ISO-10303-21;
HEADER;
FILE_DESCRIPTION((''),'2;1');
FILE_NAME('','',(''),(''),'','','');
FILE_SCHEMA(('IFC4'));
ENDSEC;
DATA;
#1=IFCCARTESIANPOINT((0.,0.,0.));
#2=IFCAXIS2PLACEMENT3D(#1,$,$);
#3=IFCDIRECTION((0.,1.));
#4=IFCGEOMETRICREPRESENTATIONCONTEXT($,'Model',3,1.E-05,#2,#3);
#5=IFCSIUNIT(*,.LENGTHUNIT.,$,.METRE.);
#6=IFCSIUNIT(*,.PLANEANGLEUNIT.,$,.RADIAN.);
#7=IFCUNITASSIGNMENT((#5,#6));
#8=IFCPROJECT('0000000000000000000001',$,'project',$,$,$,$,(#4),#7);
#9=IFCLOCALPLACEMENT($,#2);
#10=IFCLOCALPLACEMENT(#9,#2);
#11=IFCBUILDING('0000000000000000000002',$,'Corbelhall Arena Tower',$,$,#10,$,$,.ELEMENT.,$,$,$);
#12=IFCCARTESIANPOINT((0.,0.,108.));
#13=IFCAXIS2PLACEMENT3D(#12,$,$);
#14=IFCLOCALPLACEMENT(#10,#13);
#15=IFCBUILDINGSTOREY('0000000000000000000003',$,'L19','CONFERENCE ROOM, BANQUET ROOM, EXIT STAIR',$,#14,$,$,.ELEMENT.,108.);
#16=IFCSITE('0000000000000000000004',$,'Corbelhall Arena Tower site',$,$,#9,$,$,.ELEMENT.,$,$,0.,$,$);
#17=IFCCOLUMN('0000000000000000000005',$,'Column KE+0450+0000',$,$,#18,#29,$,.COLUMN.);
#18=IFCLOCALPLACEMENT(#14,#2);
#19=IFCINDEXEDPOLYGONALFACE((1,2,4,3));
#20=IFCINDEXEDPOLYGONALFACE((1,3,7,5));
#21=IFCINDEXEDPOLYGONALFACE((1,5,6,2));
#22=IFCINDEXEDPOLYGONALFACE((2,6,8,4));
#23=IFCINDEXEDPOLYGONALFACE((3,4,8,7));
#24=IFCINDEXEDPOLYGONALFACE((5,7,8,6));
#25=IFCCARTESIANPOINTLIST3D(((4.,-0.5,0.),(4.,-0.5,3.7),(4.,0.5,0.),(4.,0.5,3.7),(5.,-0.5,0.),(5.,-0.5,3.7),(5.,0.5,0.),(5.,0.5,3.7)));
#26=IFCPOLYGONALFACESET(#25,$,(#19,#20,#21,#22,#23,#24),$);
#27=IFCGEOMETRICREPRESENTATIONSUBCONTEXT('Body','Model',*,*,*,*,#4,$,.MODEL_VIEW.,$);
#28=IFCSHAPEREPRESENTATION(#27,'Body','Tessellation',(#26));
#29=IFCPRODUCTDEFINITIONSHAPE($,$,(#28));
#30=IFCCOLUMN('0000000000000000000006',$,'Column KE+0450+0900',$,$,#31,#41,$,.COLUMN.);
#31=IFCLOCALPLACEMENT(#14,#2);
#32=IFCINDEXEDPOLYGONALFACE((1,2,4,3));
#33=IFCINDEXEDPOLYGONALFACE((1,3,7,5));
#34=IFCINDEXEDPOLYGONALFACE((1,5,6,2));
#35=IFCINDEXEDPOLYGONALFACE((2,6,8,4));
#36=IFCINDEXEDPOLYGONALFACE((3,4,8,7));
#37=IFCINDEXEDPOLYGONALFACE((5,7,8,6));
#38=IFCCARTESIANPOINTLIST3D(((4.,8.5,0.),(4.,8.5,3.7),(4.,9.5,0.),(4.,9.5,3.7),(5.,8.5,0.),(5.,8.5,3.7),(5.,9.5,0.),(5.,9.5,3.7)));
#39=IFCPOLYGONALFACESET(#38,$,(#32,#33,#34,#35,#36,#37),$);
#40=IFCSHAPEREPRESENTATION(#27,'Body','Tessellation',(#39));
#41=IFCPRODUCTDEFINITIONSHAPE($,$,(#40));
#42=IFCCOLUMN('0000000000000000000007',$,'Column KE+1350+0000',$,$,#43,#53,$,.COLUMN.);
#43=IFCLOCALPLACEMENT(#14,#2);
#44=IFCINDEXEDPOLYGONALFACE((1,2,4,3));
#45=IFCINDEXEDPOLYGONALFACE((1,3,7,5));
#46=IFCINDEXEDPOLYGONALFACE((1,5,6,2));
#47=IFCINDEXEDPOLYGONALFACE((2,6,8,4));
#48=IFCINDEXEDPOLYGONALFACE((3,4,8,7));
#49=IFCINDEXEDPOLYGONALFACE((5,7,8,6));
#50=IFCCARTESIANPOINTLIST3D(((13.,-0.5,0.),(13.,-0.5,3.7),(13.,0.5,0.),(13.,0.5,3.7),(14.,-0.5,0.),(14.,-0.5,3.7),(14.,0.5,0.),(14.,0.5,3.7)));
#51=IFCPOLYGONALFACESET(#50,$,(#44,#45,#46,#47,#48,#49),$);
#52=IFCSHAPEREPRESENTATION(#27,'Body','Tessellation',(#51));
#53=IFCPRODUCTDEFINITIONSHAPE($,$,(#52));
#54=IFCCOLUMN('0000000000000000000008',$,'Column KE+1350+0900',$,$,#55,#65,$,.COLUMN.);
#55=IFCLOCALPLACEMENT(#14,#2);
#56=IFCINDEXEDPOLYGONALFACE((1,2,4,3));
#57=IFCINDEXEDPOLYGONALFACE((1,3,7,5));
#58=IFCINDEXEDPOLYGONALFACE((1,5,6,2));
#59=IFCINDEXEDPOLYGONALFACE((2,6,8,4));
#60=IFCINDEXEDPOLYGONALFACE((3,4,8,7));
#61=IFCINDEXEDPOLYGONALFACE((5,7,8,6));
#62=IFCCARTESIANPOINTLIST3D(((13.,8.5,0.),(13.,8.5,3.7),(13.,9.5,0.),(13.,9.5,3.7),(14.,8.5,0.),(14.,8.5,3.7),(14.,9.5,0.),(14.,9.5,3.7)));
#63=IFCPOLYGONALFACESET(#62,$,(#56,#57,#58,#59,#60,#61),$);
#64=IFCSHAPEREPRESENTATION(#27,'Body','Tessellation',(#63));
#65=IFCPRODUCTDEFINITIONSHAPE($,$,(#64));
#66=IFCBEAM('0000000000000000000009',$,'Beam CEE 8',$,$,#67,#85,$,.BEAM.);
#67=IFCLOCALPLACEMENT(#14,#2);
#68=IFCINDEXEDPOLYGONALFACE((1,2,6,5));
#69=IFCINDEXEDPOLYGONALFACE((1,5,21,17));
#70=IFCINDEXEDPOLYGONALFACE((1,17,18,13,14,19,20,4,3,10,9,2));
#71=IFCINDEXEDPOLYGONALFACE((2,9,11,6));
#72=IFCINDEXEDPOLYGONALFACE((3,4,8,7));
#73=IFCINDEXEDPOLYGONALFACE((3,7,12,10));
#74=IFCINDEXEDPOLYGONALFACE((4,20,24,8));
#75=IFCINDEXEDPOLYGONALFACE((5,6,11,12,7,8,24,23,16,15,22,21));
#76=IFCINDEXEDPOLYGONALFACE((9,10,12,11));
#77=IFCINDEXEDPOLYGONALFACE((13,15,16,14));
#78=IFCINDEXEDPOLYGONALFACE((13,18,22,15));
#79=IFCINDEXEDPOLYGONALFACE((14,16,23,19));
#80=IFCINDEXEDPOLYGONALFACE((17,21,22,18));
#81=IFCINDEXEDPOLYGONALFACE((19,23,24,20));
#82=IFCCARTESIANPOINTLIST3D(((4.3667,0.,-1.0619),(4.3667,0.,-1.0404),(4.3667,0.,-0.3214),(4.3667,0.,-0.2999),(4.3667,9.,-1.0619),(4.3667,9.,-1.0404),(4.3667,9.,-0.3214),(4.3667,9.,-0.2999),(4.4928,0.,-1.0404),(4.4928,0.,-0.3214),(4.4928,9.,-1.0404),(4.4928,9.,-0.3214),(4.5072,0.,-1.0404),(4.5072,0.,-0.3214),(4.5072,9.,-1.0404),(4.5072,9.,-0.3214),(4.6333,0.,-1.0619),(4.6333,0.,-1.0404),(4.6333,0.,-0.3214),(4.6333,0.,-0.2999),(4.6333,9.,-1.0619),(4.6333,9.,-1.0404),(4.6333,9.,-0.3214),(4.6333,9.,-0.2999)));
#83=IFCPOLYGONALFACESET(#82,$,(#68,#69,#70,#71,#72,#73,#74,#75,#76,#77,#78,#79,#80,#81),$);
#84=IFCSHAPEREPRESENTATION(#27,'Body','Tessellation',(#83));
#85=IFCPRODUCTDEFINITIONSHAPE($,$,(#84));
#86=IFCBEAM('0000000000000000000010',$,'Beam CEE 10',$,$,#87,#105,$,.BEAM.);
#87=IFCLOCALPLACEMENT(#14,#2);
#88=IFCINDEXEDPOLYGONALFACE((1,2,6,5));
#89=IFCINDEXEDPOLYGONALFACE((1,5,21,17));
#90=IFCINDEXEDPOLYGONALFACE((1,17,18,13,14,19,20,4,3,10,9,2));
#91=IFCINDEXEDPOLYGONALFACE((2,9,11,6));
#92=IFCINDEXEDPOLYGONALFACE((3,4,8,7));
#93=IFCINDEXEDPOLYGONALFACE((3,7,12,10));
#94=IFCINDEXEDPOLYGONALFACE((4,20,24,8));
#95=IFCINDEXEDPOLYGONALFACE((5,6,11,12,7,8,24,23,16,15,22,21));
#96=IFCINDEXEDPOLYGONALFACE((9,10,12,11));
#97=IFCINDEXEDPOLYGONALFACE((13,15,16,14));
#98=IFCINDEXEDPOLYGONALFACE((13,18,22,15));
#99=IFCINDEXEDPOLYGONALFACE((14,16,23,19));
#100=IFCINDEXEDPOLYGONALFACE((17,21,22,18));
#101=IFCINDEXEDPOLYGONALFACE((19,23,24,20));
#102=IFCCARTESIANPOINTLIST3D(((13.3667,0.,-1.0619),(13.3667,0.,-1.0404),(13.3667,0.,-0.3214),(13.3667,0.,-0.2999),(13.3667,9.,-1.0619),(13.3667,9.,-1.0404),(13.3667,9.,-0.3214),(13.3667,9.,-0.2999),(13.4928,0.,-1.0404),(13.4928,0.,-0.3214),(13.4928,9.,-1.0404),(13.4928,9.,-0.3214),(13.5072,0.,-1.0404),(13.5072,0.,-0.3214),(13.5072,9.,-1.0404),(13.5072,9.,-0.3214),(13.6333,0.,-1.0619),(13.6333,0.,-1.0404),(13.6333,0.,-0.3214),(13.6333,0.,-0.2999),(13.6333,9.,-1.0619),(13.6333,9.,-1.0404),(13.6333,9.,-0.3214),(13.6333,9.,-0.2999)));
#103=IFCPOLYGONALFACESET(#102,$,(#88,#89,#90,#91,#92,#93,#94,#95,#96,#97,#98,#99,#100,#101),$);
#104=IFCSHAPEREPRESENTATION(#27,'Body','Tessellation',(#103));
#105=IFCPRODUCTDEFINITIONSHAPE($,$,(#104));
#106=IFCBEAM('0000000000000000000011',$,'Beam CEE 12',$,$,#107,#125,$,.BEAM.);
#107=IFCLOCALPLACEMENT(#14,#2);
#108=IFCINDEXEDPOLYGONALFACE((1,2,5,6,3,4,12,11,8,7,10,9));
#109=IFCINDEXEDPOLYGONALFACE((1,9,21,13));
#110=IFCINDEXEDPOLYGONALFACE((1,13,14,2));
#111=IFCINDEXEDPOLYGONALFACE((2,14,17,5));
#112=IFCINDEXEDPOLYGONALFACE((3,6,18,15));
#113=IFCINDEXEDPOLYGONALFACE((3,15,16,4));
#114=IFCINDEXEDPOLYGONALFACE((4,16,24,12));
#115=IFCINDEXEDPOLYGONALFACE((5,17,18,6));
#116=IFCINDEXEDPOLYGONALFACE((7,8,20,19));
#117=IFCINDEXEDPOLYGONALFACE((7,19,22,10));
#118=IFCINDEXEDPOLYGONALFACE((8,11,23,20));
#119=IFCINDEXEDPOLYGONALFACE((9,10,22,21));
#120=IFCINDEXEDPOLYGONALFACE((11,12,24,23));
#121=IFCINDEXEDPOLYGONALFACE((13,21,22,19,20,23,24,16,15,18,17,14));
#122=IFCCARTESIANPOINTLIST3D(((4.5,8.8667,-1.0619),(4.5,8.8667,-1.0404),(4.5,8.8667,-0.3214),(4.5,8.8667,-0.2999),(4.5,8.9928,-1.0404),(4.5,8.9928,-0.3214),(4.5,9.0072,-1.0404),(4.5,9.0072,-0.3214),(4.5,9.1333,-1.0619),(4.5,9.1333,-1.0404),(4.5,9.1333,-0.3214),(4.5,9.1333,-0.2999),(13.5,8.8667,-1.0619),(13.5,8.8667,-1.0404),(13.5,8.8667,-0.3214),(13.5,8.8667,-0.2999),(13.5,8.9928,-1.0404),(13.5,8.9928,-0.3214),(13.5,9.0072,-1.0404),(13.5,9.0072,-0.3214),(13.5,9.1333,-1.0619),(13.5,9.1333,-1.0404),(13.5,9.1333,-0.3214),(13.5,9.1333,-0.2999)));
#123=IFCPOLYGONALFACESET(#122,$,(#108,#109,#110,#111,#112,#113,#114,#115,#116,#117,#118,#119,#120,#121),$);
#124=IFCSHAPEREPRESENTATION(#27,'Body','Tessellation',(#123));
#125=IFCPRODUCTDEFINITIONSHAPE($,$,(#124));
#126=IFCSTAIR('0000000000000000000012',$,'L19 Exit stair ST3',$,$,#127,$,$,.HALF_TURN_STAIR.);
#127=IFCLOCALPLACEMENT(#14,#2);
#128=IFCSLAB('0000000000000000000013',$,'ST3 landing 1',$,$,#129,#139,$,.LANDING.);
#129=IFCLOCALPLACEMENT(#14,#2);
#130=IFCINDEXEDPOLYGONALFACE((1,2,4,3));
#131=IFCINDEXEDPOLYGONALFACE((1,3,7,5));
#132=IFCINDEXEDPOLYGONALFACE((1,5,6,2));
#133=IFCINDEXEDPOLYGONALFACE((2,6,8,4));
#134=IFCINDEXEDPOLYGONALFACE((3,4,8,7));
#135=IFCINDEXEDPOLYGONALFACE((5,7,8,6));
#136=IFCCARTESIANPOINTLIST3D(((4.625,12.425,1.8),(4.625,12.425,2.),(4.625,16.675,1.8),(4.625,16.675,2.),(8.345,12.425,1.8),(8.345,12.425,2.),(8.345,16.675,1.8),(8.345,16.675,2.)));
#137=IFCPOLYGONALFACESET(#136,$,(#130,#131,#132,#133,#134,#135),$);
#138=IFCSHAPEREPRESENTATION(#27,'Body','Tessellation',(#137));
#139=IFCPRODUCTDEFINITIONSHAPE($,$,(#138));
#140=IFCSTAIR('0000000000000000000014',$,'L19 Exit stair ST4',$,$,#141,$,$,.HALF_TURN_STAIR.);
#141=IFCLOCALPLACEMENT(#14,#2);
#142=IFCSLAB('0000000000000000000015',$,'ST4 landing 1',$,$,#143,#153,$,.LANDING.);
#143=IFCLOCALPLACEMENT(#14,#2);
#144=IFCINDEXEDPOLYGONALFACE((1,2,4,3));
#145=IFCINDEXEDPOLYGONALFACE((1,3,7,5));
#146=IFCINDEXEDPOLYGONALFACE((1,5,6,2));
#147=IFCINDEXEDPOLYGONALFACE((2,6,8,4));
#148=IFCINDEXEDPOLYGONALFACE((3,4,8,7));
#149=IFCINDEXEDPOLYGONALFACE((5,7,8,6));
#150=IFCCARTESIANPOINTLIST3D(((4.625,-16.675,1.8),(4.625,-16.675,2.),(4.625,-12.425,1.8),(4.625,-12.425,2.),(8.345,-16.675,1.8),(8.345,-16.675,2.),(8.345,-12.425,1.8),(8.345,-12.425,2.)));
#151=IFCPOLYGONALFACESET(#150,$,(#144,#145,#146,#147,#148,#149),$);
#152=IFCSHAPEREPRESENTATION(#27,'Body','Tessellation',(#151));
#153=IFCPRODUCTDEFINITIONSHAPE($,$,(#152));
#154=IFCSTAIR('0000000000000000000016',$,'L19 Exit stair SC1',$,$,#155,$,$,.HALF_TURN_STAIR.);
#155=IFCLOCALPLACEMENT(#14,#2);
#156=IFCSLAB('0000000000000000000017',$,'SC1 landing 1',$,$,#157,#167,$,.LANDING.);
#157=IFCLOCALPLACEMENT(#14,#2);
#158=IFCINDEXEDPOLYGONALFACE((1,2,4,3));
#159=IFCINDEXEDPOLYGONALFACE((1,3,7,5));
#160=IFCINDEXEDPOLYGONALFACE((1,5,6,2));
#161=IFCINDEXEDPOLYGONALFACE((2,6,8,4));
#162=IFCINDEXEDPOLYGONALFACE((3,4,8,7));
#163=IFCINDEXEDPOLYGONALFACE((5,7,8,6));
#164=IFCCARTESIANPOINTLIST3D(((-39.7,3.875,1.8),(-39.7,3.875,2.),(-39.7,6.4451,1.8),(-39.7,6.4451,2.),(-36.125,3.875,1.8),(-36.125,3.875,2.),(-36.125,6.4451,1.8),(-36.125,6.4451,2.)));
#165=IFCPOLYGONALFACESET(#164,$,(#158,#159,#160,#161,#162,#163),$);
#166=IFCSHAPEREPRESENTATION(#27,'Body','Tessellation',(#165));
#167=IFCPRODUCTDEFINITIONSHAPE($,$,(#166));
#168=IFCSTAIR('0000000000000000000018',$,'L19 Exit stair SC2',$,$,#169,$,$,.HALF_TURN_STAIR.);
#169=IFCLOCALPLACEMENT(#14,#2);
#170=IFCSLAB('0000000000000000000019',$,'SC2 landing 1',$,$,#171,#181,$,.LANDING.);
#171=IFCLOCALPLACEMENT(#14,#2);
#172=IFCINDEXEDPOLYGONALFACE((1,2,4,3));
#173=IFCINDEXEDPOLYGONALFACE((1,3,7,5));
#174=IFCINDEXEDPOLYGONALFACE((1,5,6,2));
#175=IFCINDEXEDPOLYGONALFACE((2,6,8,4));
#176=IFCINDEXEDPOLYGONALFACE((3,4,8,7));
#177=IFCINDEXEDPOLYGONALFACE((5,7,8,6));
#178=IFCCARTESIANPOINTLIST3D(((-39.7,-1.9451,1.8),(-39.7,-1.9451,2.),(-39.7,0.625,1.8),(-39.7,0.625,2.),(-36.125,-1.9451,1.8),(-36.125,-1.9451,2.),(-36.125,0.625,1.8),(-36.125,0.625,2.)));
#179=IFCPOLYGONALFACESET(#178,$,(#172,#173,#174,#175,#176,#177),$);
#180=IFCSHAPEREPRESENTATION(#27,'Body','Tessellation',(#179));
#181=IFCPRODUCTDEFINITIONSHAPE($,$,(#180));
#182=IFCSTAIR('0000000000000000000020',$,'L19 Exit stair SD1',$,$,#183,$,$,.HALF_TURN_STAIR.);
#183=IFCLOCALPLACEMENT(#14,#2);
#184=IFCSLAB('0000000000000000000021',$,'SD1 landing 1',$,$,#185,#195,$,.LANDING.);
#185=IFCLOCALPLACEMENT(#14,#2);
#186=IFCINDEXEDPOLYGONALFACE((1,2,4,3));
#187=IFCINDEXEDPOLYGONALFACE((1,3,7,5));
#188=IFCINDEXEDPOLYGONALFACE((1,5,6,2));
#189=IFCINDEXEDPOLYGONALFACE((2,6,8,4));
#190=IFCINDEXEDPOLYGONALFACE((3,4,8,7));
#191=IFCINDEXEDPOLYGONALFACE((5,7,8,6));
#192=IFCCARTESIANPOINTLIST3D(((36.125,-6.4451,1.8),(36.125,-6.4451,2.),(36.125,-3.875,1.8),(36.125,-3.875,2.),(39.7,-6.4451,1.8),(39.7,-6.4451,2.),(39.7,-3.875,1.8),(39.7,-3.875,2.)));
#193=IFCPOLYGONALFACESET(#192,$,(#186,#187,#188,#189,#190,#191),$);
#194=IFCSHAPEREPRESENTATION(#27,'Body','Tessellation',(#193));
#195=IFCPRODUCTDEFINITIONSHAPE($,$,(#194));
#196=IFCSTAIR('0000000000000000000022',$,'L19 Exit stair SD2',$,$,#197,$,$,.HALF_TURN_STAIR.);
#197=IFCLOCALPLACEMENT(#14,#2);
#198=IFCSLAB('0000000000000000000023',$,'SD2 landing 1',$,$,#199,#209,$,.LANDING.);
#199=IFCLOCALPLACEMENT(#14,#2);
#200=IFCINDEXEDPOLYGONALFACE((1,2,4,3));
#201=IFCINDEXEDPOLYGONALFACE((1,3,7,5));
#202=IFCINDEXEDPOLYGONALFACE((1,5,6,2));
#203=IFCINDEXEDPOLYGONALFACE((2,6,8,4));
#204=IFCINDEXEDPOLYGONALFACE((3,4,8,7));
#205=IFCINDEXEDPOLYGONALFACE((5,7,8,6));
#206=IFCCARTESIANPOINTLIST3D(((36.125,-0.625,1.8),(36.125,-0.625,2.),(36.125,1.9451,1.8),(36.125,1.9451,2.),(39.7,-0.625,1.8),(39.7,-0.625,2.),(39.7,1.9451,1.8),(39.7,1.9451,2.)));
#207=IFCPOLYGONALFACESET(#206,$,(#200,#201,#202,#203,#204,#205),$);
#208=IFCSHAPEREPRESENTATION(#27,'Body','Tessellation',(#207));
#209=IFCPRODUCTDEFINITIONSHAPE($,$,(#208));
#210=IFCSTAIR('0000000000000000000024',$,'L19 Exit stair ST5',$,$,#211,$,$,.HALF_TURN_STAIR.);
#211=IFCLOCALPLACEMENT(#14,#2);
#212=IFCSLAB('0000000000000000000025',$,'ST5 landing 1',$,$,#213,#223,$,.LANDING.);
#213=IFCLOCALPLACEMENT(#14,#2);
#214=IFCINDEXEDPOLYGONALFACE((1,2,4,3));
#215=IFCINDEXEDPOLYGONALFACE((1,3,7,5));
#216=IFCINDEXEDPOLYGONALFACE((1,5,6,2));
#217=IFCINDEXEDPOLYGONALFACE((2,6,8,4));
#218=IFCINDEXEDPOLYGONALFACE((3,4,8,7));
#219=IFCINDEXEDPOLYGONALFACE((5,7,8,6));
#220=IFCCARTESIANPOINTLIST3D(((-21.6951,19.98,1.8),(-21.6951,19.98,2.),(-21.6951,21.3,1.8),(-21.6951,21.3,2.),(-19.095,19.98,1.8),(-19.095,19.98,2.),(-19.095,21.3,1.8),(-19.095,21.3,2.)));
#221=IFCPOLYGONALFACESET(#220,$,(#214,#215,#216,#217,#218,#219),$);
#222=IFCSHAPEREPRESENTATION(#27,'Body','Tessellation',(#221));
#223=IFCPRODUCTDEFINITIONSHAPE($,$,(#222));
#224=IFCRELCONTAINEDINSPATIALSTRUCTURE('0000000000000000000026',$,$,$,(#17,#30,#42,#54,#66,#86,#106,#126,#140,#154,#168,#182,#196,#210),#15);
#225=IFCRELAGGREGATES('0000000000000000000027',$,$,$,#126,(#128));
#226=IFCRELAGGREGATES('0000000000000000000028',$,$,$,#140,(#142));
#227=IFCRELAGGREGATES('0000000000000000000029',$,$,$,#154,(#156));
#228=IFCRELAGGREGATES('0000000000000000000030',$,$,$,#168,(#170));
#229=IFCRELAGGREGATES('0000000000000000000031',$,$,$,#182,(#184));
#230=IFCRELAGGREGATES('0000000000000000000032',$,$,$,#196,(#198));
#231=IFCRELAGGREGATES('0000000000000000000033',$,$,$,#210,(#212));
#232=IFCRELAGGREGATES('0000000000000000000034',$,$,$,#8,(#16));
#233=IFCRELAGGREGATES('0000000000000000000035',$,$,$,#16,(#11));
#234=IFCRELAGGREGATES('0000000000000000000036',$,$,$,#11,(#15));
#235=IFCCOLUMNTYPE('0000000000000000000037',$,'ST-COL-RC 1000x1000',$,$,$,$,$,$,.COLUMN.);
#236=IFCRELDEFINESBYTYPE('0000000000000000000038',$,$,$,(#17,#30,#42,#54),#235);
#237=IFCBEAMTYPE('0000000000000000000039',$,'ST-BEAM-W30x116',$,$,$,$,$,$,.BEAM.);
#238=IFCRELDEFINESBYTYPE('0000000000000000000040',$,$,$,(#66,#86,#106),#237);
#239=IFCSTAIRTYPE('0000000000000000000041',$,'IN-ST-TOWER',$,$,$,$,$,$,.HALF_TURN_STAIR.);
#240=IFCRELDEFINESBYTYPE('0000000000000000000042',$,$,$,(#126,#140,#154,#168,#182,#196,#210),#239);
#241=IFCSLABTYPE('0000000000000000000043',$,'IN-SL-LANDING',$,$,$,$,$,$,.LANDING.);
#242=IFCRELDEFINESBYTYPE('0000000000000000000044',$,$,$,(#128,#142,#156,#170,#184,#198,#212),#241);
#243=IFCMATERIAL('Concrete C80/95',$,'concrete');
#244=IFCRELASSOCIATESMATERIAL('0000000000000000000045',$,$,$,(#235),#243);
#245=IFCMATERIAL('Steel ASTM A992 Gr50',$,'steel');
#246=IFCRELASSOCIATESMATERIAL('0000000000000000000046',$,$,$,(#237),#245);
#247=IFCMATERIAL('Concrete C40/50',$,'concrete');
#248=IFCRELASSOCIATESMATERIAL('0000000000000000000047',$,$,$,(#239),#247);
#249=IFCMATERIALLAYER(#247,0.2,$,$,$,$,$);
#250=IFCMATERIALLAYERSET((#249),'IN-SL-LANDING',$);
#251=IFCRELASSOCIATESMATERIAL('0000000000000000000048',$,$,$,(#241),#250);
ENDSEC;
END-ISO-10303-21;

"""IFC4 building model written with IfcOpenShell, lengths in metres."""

from ifc_helpers import new_model, si_unit, direction, frame, origin, origin_2d, place, context, subcontext, project, spatial, polyline, rectangle, i_section, outline, extrude, material, layer, layer_set, material_profile, profile_set, type_object, element, aggregate, save


model = new_model("IFC4")

# Units and contexts
model_context = context("Model", 3, precision=1e-05, world=origin(), true_north=direction((0.0, 1.0)))
body_context = subcontext(model_context, "Body", "Model", "MODEL_VIEW")
ifc_project = project(units=[si_unit("LENGTHUNIT", "METRE"), si_unit("PLANEANGLEUNIT", "RADIAN")], contexts=[model_context])

# Site, building, storey
site_placement = place(None, origin())
site = spatial("IfcSite", under=ifc_project, at=site_placement, Name="Corbelhall Arena Tower site", CompositionType="ELEMENT", RefElevation=0.0)
building_placement = place(site_placement, origin())
building = spatial("IfcBuilding", under=site, at=building_placement, Name="Corbelhall Arena Tower", CompositionType="ELEMENT")
storey_placement = place(building_placement, frame((0.0, 0.0, 108.0)))
storey = spatial("IfcBuildingStorey", under=building, at=storey_placement, Name="L19", Description="CONFERENCE ROOM, BANQUET ROOM, EXIT STAIR", CompositionType="ELEMENT", Elevation=108.0)

# Columns
ifc_material_1 = material(Name="Concrete C80/95", Category="concrete")
ifc_material_profile_1 = material_profile(ifc_material_1, rectangle(XDim=1.0, YDim=1.0, at=origin_2d()))
ifc_profile_set_1 = profile_set([ifc_material_profile_1], Name="Concrete C80/95")
column_type = type_object("IfcColumnType", Name="ST-COL-RC 1000x1000", PredefinedType="COLUMN", material=ifc_profile_set_1)
for number, where, z_axis, x_axis, name in (
    (1, (4.5, 0.0, 0.0), (0.0, 0.0, 1.0), (1.0, 0.0, 0.0), "Column KE+0450+0000"),
    (2, (4.5, 9.0, 0.0), (0.0, 0.0, 1.0), (1.0, 0.0, 0.0), "Column KE+0450+0900"),
    (3, (13.5, 0.0, 0.0), (0.0, 0.0, 1.0), (1.0, 0.0, 0.0), "Column KE+1350+0000"),
    (4, (13.5, 9.0, 0.0), (0.0, 0.0, 1.0), (1.0, 0.0, 0.0), "Column KE+1350+0900"),
):
    element("IfcColumn", number, at=place(storey_placement, frame(where, z_axis=z_axis, x_axis=x_axis)), inside=storey, type_object=column_type, Name=name, PredefinedType="COLUMN", context=body_context, shape_type="SweptSolid", body=[
        extrude(rectangle(XDim=1.0, YDim=1.0, at=origin_2d()), origin(), (0.0, 0.0, 1.0), 3.7),
    ])

# Beams
ifc_material_2 = material(Name="Steel ASTM A992 Gr50", Category="steel")
ifc_material_profile_2 = material_profile(ifc_material_2, i_section(OverallWidth=0.2666, OverallDepth=0.762, WebThickness=0.0144, FlangeThickness=0.0215, at=origin_2d()))
ifc_profile_set_2 = profile_set([ifc_material_profile_2], Name="Steel ASTM A992 Gr50")
beam_type = type_object("IfcBeamType", Name="ST-BEAM-W30x116", PredefinedType="BEAM", material=ifc_profile_set_2)
for number, where, z_axis, x_axis, name in (
    (5, (4.5, 0.0, -0.6809), (0.0, 1.0, 0.0), (-1.0, 0.0, 0.0), "Beam CEE 8"),
    (6, (13.5, 0.0, -0.6809), (0.0, 1.0, 0.0), (-1.0, 0.0, 0.0), "Beam CEE 10"),
    (7, (4.5, 9.0, -0.6809), (1.0, 0.0, 0.0), (0.0, 1.0, 0.0), "Beam CEE 12"),
):
    element("IfcBeam", number, at=place(storey_placement, frame(where, z_axis=z_axis, x_axis=x_axis)), inside=storey, type_object=beam_type, Name=name, PredefinedType="BEAM", context=body_context, shape_type="SweptSolid", body=[
        extrude(i_section(OverallWidth=0.2666, OverallDepth=0.762, WebThickness=0.0144, FlangeThickness=0.0215, at=origin_2d()), origin(), (0.0, 0.0, 1.0), 9.0),
    ])

# Stairs, slabs
ifc_material_3 = material(Name="Concrete C40/50", Category="concrete")
stair_type = type_object("IfcStairType", Name="IN-ST-TOWER", PredefinedType="HALF_TURN_STAIR", material=ifc_material_3)
stair_1_placement = place(storey_placement, origin())
stair_1 = element("IfcStair", 8, at=stair_1_placement, inside=storey, type_object=stair_type, Name="L19 Exit stair ST3", PredefinedType="HALF_TURN_STAIR")
ifc_layer_1 = layer(ifc_material_3, 0.2)
ifc_layer_set_1 = layer_set([ifc_layer_1], Name="IN-SL-LANDING")
slab_type = type_object("IfcSlabType", Name="IN-SL-LANDING", PredefinedType="LANDING", material=ifc_layer_set_1)
slab_1_placement = place(storey_placement, frame((0.0, 0.0, 1.8)))
slab_1 = element("IfcSlab", 9, at=slab_1_placement, type_object=slab_type, Name="ST3 landing 1", PredefinedType="LANDING", context=body_context, shape_type="SweptSolid", body=[
    extrude(outline(polyline([(8.345, 16.675), (4.625, 16.675), (4.625, 12.425), (8.345, 12.425), (8.345, 16.675)])), origin(), (0.0, 0.0, 1.0), 0.2),
])
aggregate(stair_1, [slab_1])
stair_2_placement = place(storey_placement, origin())
stair_2 = element("IfcStair", 10, at=stair_2_placement, inside=storey, type_object=stair_type, Name="L19 Exit stair ST4", PredefinedType="HALF_TURN_STAIR")
slab_2_placement = place(storey_placement, frame((0.0, 0.0, 1.8)))
slab_2 = element("IfcSlab", 11, at=slab_2_placement, type_object=slab_type, Name="ST4 landing 1", PredefinedType="LANDING", context=body_context, shape_type="SweptSolid", body=[
    extrude(outline(polyline([(8.345, -12.425), (4.625, -12.425), (4.625, -16.675), (8.345, -16.675), (8.345, -12.425)])), origin(), (0.0, 0.0, 1.0), 0.2),
])
aggregate(stair_2, [slab_2])
stair_3_placement = place(storey_placement, origin())
stair_3 = element("IfcStair", 12, at=stair_3_placement, inside=storey, type_object=stair_type, Name="L19 Exit stair SC1", PredefinedType="HALF_TURN_STAIR")
slab_3_placement = place(storey_placement, frame((0.0, 0.0, 1.8)))
slab_3 = element("IfcSlab", 13, at=slab_3_placement, type_object=slab_type, Name="SC1 landing 1", PredefinedType="LANDING", context=body_context, shape_type="SweptSolid", body=[
    extrude(outline(polyline([(-39.7, 6.4451), (-39.7, 3.875), (-36.125, 3.875), (-36.125, 6.4451), (-39.7, 6.4451)])), origin(), (0.0, 0.0, 1.0), 0.2),
])
aggregate(stair_3, [slab_3])
stair_4_placement = place(storey_placement, origin())
stair_4 = element("IfcStair", 14, at=stair_4_placement, inside=storey, type_object=stair_type, Name="L19 Exit stair SC2", PredefinedType="HALF_TURN_STAIR")
slab_4_placement = place(storey_placement, frame((0.0, 0.0, 1.8)))
slab_4 = element("IfcSlab", 15, at=slab_4_placement, type_object=slab_type, Name="SC2 landing 1", PredefinedType="LANDING", context=body_context, shape_type="SweptSolid", body=[
    extrude(outline(polyline([(-36.125, -1.9451), (-36.125, 0.625), (-39.7, 0.625), (-39.7, -1.9451), (-36.125, -1.9451)])), origin(), (0.0, 0.0, 1.0), 0.2),
])
aggregate(stair_4, [slab_4])
stair_5_placement = place(storey_placement, origin())
stair_5 = element("IfcStair", 16, at=stair_5_placement, inside=storey, type_object=stair_type, Name="L19 Exit stair SD1", PredefinedType="HALF_TURN_STAIR")
slab_5_placement = place(storey_placement, frame((0.0, 0.0, 1.8)))
slab_5 = element("IfcSlab", 17, at=slab_5_placement, type_object=slab_type, Name="SD1 landing 1", PredefinedType="LANDING", context=body_context, shape_type="SweptSolid", body=[
    extrude(outline(polyline([(39.7, -6.4451), (39.7, -3.875), (36.125, -3.875), (36.125, -6.4451), (39.7, -6.4451)])), origin(), (0.0, 0.0, 1.0), 0.2),
])
aggregate(stair_5, [slab_5])
stair_6_placement = place(storey_placement, origin())
stair_6 = element("IfcStair", 18, at=stair_6_placement, inside=storey, type_object=stair_type, Name="L19 Exit stair SD2", PredefinedType="HALF_TURN_STAIR")
slab_6_placement = place(storey_placement, frame((0.0, 0.0, 1.8)))
slab_6 = element("IfcSlab", 19, at=slab_6_placement, type_object=slab_type, Name="SD2 landing 1", PredefinedType="LANDING", context=body_context, shape_type="SweptSolid", body=[
    extrude(outline(polyline([(36.125, 1.9451), (36.125, -0.625), (39.7, -0.625), (39.7, 1.9451), (36.125, 1.9451)])), origin(), (0.0, 0.0, 1.0), 0.2),
])
aggregate(stair_6, [slab_6])
stair_7_placement = place(storey_placement, origin())
stair_7 = element("IfcStair", 20, at=stair_7_placement, inside=storey, type_object=stair_type, Name="L19 Exit stair ST5", PredefinedType="HALF_TURN_STAIR")
slab_7_placement = place(storey_placement, frame((0.0, 0.0, 1.8)))
slab_7 = element("IfcSlab", 21, at=slab_7_placement, type_object=slab_type, Name="ST5 landing 1", PredefinedType="LANDING", context=body_context, shape_type="SweptSolid", body=[
    extrude(outline(polyline([(-19.095, 19.98), (-19.095, 21.3), (-21.6951, 21.3), (-21.6951, 19.98), (-19.095, 19.98)])), origin(), (0.0, 0.0, 1.0), 0.2),
])
aggregate(stair_7, [slab_7])

save(model, "model.ifc")
